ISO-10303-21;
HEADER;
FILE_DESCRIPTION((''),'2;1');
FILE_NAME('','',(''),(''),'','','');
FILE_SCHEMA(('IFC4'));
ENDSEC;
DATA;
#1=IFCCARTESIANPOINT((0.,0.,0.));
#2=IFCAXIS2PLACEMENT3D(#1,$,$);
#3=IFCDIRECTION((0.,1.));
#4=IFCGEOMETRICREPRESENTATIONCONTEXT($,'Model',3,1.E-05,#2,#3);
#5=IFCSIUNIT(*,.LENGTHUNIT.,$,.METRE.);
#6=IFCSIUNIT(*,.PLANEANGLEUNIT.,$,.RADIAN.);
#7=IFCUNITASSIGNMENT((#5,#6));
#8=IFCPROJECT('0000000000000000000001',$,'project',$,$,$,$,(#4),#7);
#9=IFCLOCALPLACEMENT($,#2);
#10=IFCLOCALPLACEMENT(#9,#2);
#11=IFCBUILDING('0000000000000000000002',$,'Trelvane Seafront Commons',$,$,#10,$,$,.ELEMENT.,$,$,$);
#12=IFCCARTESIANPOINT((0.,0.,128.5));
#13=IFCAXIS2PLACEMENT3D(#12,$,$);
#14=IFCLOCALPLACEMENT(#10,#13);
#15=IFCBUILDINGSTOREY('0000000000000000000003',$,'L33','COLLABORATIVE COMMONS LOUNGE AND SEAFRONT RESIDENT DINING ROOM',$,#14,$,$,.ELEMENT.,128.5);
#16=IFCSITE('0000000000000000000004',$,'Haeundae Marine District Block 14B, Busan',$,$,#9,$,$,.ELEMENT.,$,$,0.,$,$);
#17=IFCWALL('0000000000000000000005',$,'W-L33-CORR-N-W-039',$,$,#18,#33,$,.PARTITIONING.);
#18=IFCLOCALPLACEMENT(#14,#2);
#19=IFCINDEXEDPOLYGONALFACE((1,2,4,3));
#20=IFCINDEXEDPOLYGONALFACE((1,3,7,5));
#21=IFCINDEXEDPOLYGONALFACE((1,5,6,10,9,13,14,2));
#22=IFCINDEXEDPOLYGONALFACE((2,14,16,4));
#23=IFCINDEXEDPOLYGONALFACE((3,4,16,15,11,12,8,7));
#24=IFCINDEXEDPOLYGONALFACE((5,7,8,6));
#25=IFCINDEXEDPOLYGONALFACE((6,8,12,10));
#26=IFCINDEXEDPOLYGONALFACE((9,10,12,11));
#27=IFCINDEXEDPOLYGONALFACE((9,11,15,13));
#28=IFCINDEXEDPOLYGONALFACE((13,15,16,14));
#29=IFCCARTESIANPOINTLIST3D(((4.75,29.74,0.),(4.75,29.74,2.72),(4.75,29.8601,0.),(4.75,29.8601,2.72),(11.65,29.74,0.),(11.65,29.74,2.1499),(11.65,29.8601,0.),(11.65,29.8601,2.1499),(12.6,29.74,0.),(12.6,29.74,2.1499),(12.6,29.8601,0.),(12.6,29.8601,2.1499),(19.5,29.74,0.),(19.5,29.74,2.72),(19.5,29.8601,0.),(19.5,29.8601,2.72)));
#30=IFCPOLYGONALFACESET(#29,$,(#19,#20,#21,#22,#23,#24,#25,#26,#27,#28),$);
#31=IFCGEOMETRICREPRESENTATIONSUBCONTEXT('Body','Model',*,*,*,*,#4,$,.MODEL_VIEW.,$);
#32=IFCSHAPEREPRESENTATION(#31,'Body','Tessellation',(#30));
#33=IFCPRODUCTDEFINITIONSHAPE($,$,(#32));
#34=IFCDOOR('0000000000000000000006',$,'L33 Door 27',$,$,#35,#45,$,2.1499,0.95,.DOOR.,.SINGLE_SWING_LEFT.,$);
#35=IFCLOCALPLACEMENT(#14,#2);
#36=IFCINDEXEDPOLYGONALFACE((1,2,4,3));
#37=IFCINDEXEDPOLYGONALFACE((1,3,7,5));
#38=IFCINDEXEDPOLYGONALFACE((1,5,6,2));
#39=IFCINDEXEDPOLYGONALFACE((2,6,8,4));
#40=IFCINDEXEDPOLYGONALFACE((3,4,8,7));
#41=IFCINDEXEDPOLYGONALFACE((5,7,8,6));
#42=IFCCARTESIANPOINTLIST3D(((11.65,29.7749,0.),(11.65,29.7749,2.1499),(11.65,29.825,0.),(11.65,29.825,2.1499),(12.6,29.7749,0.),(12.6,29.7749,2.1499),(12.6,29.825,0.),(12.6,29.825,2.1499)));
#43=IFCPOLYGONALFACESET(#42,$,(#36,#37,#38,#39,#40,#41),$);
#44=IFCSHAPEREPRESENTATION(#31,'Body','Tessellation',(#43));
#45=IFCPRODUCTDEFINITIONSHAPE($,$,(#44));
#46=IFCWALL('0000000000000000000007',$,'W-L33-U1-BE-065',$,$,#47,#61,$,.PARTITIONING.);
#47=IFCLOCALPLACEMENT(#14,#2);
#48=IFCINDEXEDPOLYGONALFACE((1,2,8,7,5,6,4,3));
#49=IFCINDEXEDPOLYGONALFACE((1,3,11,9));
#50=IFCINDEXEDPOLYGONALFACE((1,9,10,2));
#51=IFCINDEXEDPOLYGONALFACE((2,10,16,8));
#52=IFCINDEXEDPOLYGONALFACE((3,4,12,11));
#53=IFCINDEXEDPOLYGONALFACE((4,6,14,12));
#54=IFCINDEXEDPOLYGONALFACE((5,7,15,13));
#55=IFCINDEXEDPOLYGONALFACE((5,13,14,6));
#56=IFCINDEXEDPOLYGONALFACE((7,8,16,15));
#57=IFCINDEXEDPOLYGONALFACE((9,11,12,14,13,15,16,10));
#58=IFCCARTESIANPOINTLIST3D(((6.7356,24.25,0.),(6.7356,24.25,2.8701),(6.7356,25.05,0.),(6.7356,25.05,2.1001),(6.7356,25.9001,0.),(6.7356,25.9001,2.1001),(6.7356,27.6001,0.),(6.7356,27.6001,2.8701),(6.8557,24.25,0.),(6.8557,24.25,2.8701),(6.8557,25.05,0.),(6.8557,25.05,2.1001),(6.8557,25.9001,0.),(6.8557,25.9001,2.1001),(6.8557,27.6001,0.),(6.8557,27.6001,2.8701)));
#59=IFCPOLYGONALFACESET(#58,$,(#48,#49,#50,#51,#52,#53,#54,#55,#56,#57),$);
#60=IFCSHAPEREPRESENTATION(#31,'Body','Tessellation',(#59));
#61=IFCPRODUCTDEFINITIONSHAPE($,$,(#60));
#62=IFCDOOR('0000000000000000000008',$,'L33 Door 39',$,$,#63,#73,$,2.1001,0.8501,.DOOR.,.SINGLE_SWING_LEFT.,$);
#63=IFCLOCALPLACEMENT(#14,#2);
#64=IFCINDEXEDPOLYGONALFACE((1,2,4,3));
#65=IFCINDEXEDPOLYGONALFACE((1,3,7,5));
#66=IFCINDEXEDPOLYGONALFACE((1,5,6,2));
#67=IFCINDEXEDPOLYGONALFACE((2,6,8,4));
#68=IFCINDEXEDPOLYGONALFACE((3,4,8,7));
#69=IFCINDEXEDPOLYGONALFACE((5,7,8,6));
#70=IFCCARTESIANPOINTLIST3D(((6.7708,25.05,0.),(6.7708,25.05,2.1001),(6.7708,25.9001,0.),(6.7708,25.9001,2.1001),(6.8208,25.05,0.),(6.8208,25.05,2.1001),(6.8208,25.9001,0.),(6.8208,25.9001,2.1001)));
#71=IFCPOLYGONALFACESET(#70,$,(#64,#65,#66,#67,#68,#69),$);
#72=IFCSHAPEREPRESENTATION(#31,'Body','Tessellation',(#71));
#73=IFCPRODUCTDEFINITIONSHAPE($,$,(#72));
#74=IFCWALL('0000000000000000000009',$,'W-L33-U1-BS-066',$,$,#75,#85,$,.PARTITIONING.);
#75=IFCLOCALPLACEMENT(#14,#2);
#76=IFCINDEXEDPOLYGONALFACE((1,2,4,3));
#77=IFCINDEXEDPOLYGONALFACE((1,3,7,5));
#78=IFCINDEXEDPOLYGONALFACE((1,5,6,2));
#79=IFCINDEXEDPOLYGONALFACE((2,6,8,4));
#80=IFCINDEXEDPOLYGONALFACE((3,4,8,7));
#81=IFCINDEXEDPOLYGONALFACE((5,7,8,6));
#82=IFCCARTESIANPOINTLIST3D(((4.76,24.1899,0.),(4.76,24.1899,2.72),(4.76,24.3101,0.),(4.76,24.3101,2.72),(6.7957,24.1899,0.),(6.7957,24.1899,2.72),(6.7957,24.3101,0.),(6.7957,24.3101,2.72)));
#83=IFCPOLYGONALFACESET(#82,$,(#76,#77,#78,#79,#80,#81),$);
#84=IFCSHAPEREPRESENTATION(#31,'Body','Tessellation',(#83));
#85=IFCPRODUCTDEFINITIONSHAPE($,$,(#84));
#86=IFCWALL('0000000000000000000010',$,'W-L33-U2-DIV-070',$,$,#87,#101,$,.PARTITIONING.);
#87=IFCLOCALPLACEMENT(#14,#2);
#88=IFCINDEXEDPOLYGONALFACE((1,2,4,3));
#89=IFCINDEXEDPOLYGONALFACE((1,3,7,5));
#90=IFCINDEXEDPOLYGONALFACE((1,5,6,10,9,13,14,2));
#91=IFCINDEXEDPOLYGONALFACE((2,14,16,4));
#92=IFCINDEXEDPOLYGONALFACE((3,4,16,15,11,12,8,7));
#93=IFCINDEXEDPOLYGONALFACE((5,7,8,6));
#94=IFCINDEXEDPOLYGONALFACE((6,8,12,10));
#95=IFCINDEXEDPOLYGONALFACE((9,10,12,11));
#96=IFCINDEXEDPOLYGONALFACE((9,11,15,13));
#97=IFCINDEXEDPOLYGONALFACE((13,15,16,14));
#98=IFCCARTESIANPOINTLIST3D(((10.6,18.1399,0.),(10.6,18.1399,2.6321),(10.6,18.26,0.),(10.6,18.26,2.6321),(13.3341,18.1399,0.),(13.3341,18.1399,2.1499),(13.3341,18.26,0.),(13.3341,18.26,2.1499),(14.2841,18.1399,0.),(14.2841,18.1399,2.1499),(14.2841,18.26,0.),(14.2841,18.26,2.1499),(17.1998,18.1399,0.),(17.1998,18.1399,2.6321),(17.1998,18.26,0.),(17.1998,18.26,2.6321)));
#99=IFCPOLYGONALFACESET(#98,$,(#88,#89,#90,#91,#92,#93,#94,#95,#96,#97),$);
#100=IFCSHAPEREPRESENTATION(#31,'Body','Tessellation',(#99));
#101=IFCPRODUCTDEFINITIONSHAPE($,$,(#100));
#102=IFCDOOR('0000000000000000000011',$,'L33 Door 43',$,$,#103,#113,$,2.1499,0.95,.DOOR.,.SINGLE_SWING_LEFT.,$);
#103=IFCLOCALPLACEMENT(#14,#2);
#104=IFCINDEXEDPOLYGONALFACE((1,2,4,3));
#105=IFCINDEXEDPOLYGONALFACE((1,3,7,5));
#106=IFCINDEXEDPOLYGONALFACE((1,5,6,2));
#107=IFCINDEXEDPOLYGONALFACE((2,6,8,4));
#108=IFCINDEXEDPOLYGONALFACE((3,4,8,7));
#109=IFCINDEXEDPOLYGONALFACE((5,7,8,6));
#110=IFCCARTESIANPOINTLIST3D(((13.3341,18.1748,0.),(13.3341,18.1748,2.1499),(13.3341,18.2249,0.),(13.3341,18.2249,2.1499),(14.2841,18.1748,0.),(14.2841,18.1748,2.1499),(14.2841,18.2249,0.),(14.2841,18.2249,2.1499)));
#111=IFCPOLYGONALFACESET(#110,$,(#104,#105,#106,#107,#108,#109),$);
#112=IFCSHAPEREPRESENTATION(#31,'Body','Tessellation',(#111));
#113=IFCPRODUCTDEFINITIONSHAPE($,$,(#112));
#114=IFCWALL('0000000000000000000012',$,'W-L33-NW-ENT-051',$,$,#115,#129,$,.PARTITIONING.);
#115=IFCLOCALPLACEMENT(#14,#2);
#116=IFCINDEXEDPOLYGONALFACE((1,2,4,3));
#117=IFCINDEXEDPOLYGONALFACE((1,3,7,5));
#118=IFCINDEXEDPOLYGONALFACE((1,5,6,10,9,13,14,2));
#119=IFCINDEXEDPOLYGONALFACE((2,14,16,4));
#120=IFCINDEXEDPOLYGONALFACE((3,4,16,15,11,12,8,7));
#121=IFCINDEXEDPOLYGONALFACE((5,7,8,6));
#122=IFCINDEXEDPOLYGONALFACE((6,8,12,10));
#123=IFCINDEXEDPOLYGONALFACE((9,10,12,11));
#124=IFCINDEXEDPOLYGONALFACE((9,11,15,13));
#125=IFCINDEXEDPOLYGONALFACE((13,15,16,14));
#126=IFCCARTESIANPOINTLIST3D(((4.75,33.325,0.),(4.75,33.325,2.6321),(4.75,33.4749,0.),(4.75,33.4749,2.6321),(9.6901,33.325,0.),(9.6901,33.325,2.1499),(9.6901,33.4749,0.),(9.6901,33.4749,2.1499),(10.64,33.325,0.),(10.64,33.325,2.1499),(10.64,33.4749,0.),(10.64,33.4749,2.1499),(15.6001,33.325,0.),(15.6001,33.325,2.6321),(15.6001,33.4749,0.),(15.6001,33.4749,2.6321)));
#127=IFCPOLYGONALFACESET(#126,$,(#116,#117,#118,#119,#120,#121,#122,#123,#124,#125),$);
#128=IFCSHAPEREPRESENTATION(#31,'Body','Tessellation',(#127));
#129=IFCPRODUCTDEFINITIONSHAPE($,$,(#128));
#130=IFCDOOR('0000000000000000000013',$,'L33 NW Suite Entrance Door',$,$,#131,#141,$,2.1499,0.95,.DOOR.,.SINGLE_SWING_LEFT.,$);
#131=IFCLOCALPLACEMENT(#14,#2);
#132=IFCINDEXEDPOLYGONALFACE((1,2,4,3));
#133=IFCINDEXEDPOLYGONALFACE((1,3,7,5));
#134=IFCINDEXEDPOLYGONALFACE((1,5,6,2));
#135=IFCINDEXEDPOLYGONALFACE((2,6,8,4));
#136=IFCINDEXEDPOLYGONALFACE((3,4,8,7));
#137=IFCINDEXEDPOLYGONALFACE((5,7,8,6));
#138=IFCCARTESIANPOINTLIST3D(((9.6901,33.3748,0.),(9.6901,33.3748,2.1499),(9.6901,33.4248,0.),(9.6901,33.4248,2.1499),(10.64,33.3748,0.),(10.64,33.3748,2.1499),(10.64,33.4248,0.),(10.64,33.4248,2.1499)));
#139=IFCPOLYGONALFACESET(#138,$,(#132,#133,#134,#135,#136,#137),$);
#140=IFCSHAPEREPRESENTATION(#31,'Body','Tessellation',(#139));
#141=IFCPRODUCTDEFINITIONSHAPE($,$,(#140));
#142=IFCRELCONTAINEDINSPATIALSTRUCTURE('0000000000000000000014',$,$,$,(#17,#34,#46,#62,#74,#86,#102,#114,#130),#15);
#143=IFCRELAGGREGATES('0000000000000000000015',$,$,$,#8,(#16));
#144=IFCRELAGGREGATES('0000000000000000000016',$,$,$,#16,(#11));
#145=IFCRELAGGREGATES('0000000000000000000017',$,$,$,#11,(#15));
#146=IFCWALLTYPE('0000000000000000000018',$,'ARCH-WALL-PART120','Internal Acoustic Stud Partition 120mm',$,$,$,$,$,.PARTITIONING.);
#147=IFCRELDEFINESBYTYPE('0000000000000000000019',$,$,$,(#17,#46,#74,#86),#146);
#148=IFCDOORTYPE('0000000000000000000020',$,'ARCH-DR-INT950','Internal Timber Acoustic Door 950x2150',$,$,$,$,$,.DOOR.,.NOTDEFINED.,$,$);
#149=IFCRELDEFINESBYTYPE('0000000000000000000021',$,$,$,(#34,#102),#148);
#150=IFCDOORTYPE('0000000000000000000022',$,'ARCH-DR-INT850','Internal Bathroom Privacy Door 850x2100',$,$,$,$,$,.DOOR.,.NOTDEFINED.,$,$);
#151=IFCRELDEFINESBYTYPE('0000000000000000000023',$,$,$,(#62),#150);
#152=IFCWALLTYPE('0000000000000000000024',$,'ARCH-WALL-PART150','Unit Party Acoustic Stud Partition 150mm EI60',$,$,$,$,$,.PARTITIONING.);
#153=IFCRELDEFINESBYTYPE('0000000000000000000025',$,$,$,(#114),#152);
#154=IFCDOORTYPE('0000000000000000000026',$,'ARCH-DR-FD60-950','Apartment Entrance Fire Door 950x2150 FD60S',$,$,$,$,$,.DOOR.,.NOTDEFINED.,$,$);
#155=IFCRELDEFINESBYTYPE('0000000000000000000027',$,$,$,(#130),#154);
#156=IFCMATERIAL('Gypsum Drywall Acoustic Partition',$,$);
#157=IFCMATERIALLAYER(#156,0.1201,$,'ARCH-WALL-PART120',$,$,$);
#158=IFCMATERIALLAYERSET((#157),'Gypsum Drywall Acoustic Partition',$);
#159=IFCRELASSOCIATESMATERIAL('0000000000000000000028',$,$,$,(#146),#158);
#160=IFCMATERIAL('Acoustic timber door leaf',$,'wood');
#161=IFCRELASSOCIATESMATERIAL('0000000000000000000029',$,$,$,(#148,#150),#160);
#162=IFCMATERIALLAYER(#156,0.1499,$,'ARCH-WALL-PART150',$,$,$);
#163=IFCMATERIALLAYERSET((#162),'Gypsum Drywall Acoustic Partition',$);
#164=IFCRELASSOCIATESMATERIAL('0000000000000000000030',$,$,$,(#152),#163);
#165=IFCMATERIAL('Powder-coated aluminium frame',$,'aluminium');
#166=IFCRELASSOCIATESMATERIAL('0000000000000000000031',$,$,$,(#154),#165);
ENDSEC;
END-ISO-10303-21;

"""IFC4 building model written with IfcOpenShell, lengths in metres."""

from ifc_helpers import new_model, si_unit, direction, frame, frame_2d, origin, place, context, subcontext, project, spatial, rectangle, extrude, source, transform, mapped, material, layer, layer_set, type_object, element, fill, save


model = new_model("IFC4")

# Units and contexts
model_context = context("Model", 3, precision=1e-05, world=origin(), true_north=direction((0.0, 1.0)))
body_context = subcontext(model_context, "Body", "Model", "MODEL_VIEW")
ifc_project = project(units=[si_unit("LENGTHUNIT", "METRE"), si_unit("PLANEANGLEUNIT", "RADIAN")], contexts=[model_context])

# Site, building, storey
site_placement = place(None, origin())
site = spatial("IfcSite", under=ifc_project, at=site_placement, Name="Haeundae Marine District Block 14B, Busan", CompositionType="ELEMENT", RefElevation=0.0)
building_placement = place(site_placement, origin())
building = spatial("IfcBuilding", under=site, at=building_placement, Name="Trelvane Seafront Commons", CompositionType="ELEMENT")
storey_placement = place(building_placement, frame((0.0, 0.0, 128.5)))
storey = spatial("IfcBuildingStorey", under=building, at=storey_placement, Name="L33", Description="COLLABORATIVE COMMONS LOUNGE AND SEAFRONT RESIDENT DINING ROOM", CompositionType="ELEMENT", Elevation=128.5)

# Walls, openings, doors
ifc_material_1 = material(Name="Gypsum Drywall Acoustic Partition")
ifc_layer_1 = layer(ifc_material_1, 0.1201, Name="ARCH-WALL-PART120")
ifc_layer_set_1 = layer_set([ifc_layer_1], Name="Gypsum Drywall Acoustic Partition")
wall_type_1 = type_object("IfcWallType", Name="ARCH-WALL-PART120", Description="Internal Acoustic Stud Partition 120mm", PredefinedType="PARTITIONING", material=ifc_layer_set_1)
wall_1_placement = place(storey_placement, frame((4.75, 29.8, 0.0), z_axis=(0.0, 0.0, 1.0), x_axis=(1.0, 0.0, 0.0)))
wall_1 = element("IfcWall", 1, at=wall_1_placement, inside=storey, type_object=wall_type_1, Name="W-L33-CORR-N-W-039", PredefinedType="PARTITIONING", context=body_context, shape_type="SweptSolid", body=[
    extrude(rectangle(XDim=14.75, YDim=0.1201, at=frame_2d((7.375, 0.0))), origin(), (0.0, 0.0, 1.0), 2.72),
])
opening_1_placement = place(wall_1_placement, frame((6.8999, 0.0, 0.0)))
opening_1 = element("IfcOpeningElement", 2, at=opening_1_placement, cuts=wall_1, PredefinedType="OPENING", context=body_context, shape_type="SweptSolid", body=[
    extrude(rectangle(XDim=0.95, YDim=2.1499, at=frame_2d((0.4751, 1.075))), frame((0.0, 0.0701, 0.0), z_axis=(0.0, -1.0, 0.0), x_axis=(1.0, 0.0, 0.0)), (0.0, 0.0, 1.0), 0.1401),
])
ifc_material_2 = material(Name="Acoustic timber door leaf", Category="wood")
door_type_1 = type_object("IfcDoorType", Name="ARCH-DR-INT950", Description="Internal Timber Acoustic Door 950x2150", OperationType="NOTDEFINED", PredefinedType="DOOR", material=ifc_material_2)
shared_shape_1 = source(origin(), body_context, "Body", "SweptSolid", [
    extrude(rectangle(XDim=0.95, YDim=2.1499, at=frame_2d((0.4751, 1.075))), frame((0.0, 0.0249, 0.0), z_axis=(0.0, -1.0, 0.0), x_axis=(1.0, 0.0, 0.0)), (0.0, 0.0, 1.0), 0.05),
])
door_1_placement = place(opening_1_placement, origin())
door_1 = element("IfcDoor", 3, at=door_1_placement, inside=storey, type_object=door_type_1, Name="L33 Door 27", OperationType="SINGLE_SWING_LEFT", OverallHeight=2.1499, OverallWidth=0.95, PredefinedType="DOOR", context=body_context, shape_type="MappedRepresentation", body=[
    mapped(shared_shape_1, transform((0.0, 0.0, 0.0), x_axis=(1.0, 0.0, 0.0), y_axis=(0.0, 1.0, 0.0), z_axis=(0.0, 0.0, 1.0), scale=1.0)),
])
fill(opening_1, door_1)
wall_2_placement = place(storey_placement, frame((6.7957, 24.25, 0.0), z_axis=(0.0, 0.0, 1.0), x_axis=(0.0, 1.0, 0.0)))
wall_2 = element("IfcWall", 4, at=wall_2_placement, inside=storey, type_object=wall_type_1, Name="W-L33-U1-BE-065", PredefinedType="PARTITIONING", context=body_context, shape_type="SweptSolid", body=[
    extrude(rectangle(XDim=3.3501, YDim=0.1201, at=frame_2d((1.675, 0.0))), origin(), (0.0, 0.0, 1.0), 2.8701),
])
opening_2_placement = place(wall_2_placement, frame((0.8, 0.0, 0.0)))
opening_2 = element("IfcOpeningElement", 5, at=opening_2_placement, cuts=wall_2, PredefinedType="OPENING", context=body_context, shape_type="SweptSolid", body=[
    extrude(rectangle(XDim=0.8501, YDim=2.1001, at=frame_2d((0.425, 1.05))), frame((0.0, 0.0701, 0.0), z_axis=(0.0, -1.0, 0.0), x_axis=(1.0, 0.0, 0.0)), (0.0, 0.0, 1.0), 0.1401),
])
door_type_2 = type_object("IfcDoorType", Name="ARCH-DR-INT850", Description="Internal Bathroom Privacy Door 850x2100", OperationType="NOTDEFINED", PredefinedType="DOOR", material=ifc_material_2)
shared_shape_2 = source(origin(), body_context, "Body", "SweptSolid", [
    extrude(rectangle(XDim=0.8501, YDim=2.1001, at=frame_2d((0.425, 1.05))), frame((0.0, 0.0249, 0.0), z_axis=(0.0, -1.0, 0.0), x_axis=(1.0, 0.0, 0.0)), (0.0, 0.0, 1.0), 0.05),
])
door_2_placement = place(opening_2_placement, origin())
door_2 = element("IfcDoor", 6, at=door_2_placement, inside=storey, type_object=door_type_2, Name="L33 Door 39", OperationType="SINGLE_SWING_LEFT", OverallHeight=2.1001, OverallWidth=0.8501, PredefinedType="DOOR", context=body_context, shape_type="MappedRepresentation", body=[
    mapped(shared_shape_2, transform((0.0, 0.0, 0.0), x_axis=(1.0, 0.0, 0.0), y_axis=(0.0, 1.0, 0.0), z_axis=(0.0, 0.0, 1.0), scale=1.0)),
])
fill(opening_2, door_2)

# Wall
wall_3_placement = place(storey_placement, frame((4.76, 24.25, 0.0), z_axis=(0.0, 0.0, 1.0), x_axis=(1.0, 0.0, 0.0)))
element("IfcWall", 7, at=wall_3_placement, inside=storey, type_object=wall_type_1, Name="W-L33-U1-BS-066", PredefinedType="PARTITIONING", context=body_context, shape_type="SweptSolid", body=[
    extrude(rectangle(XDim=2.0356, YDim=0.1201, at=frame_2d((1.0178, 0.0))), origin(), (0.0, 0.0, 1.0), 2.72),
])

# Walls, openings, doors
wall_4_placement = place(storey_placement, frame((10.6001, 18.2, 0.0), z_axis=(0.0, 0.0, 1.0), x_axis=(1.0, 0.0, 0.0)))
wall_4 = element("IfcWall", 8, at=wall_4_placement, inside=storey, type_object=wall_type_1, Name="W-L33-U2-DIV-070", PredefinedType="PARTITIONING", context=body_context, shape_type="SweptSolid", body=[
    extrude(rectangle(XDim=6.5999, YDim=0.1201, at=frame_2d((3.2998, 0.0))), origin(), (0.0, 0.0, 1.0), 2.6321),
])
opening_3_placement = place(wall_4_placement, frame((2.7339, 0.0, 0.0)))
opening_3 = element("IfcOpeningElement", 9, at=opening_3_placement, cuts=wall_4, PredefinedType="OPENING", context=body_context, shape_type="SweptSolid", body=[
    extrude(rectangle(XDim=0.95, YDim=2.1499, at=frame_2d((0.4751, 1.075))), frame((0.0, 0.0701, 0.0), z_axis=(0.0, -1.0, 0.0), x_axis=(1.0, 0.0, 0.0)), (0.0, 0.0, 1.0), 0.1401),
])
door_3_placement = place(opening_3_placement, origin())
door_3 = element("IfcDoor", 10, at=door_3_placement, inside=storey, type_object=door_type_1, Name="L33 Door 43", OperationType="SINGLE_SWING_LEFT", OverallHeight=2.1499, OverallWidth=0.95, PredefinedType="DOOR", context=body_context, shape_type="MappedRepresentation", body=[
    mapped(shared_shape_1, transform((0.0, 0.0, 0.0), x_axis=(1.0, 0.0, 0.0), y_axis=(0.0, 1.0, 0.0), z_axis=(0.0, 0.0, 1.0), scale=1.0)),
])
fill(opening_3, door_3)
ifc_layer_2 = layer(ifc_material_1, 0.1499, Name="ARCH-WALL-PART150")
ifc_layer_set_2 = layer_set([ifc_layer_2], Name="Gypsum Drywall Acoustic Partition")
wall_type_2 = type_object("IfcWallType", Name="ARCH-WALL-PART150", Description="Unit Party Acoustic Stud Partition 150mm EI60", PredefinedType="PARTITIONING", material=ifc_layer_set_2)
wall_5_placement = place(storey_placement, frame((4.75, 33.3999, 0.0), z_axis=(0.0, 0.0, 1.0), x_axis=(1.0, 0.0, 0.0)))
wall_5 = element("IfcWall", 11, at=wall_5_placement, inside=storey, type_object=wall_type_2, Name="W-L33-NW-ENT-051", PredefinedType="PARTITIONING", context=body_context, shape_type="SweptSolid", body=[
    extrude(rectangle(XDim=10.8501, YDim=0.1499, at=frame_2d((5.425, 0.0))), origin(), (0.0, 0.0, 1.0), 2.6321),
])
opening_4_placement = place(wall_5_placement, frame((4.9399, 0.0, 0.0)))
opening_4 = element("IfcOpeningElement", 12, at=opening_4_placement, cuts=wall_5, PredefinedType="OPENING", context=body_context, shape_type="SweptSolid", body=[
    extrude(rectangle(XDim=0.95, YDim=2.1499, at=frame_2d((0.4751, 1.075))), frame((0.0, 0.085, 0.0), z_axis=(0.0, -1.0, 0.0), x_axis=(1.0, 0.0, 0.0)), (0.0, 0.0, 1.0), 0.1699),
])
ifc_material_3 = material(Name="Powder-coated aluminium frame", Category="aluminium")
door_type_3 = type_object("IfcDoorType", Name="ARCH-DR-FD60-950", Description="Apartment Entrance Fire Door 950x2150 FD60S", OperationType="NOTDEFINED", PredefinedType="DOOR", material=ifc_material_3)
door_4_placement = place(opening_4_placement, origin())
door_4 = element("IfcDoor", 13, at=door_4_placement, inside=storey, type_object=door_type_3, Name="L33 NW Suite Entrance Door", OperationType="SINGLE_SWING_LEFT", OverallHeight=2.1499, OverallWidth=0.95, PredefinedType="DOOR", context=body_context, shape_type="MappedRepresentation", body=[
    mapped(shared_shape_1, transform((0.0, 0.0, 0.0), x_axis=(1.0, 0.0, 0.0), y_axis=(0.0, 1.0, 0.0), z_axis=(0.0, 0.0, 1.0), scale=1.0)),
])
fill(opening_4, door_4)

save(model, "model.ifc")
